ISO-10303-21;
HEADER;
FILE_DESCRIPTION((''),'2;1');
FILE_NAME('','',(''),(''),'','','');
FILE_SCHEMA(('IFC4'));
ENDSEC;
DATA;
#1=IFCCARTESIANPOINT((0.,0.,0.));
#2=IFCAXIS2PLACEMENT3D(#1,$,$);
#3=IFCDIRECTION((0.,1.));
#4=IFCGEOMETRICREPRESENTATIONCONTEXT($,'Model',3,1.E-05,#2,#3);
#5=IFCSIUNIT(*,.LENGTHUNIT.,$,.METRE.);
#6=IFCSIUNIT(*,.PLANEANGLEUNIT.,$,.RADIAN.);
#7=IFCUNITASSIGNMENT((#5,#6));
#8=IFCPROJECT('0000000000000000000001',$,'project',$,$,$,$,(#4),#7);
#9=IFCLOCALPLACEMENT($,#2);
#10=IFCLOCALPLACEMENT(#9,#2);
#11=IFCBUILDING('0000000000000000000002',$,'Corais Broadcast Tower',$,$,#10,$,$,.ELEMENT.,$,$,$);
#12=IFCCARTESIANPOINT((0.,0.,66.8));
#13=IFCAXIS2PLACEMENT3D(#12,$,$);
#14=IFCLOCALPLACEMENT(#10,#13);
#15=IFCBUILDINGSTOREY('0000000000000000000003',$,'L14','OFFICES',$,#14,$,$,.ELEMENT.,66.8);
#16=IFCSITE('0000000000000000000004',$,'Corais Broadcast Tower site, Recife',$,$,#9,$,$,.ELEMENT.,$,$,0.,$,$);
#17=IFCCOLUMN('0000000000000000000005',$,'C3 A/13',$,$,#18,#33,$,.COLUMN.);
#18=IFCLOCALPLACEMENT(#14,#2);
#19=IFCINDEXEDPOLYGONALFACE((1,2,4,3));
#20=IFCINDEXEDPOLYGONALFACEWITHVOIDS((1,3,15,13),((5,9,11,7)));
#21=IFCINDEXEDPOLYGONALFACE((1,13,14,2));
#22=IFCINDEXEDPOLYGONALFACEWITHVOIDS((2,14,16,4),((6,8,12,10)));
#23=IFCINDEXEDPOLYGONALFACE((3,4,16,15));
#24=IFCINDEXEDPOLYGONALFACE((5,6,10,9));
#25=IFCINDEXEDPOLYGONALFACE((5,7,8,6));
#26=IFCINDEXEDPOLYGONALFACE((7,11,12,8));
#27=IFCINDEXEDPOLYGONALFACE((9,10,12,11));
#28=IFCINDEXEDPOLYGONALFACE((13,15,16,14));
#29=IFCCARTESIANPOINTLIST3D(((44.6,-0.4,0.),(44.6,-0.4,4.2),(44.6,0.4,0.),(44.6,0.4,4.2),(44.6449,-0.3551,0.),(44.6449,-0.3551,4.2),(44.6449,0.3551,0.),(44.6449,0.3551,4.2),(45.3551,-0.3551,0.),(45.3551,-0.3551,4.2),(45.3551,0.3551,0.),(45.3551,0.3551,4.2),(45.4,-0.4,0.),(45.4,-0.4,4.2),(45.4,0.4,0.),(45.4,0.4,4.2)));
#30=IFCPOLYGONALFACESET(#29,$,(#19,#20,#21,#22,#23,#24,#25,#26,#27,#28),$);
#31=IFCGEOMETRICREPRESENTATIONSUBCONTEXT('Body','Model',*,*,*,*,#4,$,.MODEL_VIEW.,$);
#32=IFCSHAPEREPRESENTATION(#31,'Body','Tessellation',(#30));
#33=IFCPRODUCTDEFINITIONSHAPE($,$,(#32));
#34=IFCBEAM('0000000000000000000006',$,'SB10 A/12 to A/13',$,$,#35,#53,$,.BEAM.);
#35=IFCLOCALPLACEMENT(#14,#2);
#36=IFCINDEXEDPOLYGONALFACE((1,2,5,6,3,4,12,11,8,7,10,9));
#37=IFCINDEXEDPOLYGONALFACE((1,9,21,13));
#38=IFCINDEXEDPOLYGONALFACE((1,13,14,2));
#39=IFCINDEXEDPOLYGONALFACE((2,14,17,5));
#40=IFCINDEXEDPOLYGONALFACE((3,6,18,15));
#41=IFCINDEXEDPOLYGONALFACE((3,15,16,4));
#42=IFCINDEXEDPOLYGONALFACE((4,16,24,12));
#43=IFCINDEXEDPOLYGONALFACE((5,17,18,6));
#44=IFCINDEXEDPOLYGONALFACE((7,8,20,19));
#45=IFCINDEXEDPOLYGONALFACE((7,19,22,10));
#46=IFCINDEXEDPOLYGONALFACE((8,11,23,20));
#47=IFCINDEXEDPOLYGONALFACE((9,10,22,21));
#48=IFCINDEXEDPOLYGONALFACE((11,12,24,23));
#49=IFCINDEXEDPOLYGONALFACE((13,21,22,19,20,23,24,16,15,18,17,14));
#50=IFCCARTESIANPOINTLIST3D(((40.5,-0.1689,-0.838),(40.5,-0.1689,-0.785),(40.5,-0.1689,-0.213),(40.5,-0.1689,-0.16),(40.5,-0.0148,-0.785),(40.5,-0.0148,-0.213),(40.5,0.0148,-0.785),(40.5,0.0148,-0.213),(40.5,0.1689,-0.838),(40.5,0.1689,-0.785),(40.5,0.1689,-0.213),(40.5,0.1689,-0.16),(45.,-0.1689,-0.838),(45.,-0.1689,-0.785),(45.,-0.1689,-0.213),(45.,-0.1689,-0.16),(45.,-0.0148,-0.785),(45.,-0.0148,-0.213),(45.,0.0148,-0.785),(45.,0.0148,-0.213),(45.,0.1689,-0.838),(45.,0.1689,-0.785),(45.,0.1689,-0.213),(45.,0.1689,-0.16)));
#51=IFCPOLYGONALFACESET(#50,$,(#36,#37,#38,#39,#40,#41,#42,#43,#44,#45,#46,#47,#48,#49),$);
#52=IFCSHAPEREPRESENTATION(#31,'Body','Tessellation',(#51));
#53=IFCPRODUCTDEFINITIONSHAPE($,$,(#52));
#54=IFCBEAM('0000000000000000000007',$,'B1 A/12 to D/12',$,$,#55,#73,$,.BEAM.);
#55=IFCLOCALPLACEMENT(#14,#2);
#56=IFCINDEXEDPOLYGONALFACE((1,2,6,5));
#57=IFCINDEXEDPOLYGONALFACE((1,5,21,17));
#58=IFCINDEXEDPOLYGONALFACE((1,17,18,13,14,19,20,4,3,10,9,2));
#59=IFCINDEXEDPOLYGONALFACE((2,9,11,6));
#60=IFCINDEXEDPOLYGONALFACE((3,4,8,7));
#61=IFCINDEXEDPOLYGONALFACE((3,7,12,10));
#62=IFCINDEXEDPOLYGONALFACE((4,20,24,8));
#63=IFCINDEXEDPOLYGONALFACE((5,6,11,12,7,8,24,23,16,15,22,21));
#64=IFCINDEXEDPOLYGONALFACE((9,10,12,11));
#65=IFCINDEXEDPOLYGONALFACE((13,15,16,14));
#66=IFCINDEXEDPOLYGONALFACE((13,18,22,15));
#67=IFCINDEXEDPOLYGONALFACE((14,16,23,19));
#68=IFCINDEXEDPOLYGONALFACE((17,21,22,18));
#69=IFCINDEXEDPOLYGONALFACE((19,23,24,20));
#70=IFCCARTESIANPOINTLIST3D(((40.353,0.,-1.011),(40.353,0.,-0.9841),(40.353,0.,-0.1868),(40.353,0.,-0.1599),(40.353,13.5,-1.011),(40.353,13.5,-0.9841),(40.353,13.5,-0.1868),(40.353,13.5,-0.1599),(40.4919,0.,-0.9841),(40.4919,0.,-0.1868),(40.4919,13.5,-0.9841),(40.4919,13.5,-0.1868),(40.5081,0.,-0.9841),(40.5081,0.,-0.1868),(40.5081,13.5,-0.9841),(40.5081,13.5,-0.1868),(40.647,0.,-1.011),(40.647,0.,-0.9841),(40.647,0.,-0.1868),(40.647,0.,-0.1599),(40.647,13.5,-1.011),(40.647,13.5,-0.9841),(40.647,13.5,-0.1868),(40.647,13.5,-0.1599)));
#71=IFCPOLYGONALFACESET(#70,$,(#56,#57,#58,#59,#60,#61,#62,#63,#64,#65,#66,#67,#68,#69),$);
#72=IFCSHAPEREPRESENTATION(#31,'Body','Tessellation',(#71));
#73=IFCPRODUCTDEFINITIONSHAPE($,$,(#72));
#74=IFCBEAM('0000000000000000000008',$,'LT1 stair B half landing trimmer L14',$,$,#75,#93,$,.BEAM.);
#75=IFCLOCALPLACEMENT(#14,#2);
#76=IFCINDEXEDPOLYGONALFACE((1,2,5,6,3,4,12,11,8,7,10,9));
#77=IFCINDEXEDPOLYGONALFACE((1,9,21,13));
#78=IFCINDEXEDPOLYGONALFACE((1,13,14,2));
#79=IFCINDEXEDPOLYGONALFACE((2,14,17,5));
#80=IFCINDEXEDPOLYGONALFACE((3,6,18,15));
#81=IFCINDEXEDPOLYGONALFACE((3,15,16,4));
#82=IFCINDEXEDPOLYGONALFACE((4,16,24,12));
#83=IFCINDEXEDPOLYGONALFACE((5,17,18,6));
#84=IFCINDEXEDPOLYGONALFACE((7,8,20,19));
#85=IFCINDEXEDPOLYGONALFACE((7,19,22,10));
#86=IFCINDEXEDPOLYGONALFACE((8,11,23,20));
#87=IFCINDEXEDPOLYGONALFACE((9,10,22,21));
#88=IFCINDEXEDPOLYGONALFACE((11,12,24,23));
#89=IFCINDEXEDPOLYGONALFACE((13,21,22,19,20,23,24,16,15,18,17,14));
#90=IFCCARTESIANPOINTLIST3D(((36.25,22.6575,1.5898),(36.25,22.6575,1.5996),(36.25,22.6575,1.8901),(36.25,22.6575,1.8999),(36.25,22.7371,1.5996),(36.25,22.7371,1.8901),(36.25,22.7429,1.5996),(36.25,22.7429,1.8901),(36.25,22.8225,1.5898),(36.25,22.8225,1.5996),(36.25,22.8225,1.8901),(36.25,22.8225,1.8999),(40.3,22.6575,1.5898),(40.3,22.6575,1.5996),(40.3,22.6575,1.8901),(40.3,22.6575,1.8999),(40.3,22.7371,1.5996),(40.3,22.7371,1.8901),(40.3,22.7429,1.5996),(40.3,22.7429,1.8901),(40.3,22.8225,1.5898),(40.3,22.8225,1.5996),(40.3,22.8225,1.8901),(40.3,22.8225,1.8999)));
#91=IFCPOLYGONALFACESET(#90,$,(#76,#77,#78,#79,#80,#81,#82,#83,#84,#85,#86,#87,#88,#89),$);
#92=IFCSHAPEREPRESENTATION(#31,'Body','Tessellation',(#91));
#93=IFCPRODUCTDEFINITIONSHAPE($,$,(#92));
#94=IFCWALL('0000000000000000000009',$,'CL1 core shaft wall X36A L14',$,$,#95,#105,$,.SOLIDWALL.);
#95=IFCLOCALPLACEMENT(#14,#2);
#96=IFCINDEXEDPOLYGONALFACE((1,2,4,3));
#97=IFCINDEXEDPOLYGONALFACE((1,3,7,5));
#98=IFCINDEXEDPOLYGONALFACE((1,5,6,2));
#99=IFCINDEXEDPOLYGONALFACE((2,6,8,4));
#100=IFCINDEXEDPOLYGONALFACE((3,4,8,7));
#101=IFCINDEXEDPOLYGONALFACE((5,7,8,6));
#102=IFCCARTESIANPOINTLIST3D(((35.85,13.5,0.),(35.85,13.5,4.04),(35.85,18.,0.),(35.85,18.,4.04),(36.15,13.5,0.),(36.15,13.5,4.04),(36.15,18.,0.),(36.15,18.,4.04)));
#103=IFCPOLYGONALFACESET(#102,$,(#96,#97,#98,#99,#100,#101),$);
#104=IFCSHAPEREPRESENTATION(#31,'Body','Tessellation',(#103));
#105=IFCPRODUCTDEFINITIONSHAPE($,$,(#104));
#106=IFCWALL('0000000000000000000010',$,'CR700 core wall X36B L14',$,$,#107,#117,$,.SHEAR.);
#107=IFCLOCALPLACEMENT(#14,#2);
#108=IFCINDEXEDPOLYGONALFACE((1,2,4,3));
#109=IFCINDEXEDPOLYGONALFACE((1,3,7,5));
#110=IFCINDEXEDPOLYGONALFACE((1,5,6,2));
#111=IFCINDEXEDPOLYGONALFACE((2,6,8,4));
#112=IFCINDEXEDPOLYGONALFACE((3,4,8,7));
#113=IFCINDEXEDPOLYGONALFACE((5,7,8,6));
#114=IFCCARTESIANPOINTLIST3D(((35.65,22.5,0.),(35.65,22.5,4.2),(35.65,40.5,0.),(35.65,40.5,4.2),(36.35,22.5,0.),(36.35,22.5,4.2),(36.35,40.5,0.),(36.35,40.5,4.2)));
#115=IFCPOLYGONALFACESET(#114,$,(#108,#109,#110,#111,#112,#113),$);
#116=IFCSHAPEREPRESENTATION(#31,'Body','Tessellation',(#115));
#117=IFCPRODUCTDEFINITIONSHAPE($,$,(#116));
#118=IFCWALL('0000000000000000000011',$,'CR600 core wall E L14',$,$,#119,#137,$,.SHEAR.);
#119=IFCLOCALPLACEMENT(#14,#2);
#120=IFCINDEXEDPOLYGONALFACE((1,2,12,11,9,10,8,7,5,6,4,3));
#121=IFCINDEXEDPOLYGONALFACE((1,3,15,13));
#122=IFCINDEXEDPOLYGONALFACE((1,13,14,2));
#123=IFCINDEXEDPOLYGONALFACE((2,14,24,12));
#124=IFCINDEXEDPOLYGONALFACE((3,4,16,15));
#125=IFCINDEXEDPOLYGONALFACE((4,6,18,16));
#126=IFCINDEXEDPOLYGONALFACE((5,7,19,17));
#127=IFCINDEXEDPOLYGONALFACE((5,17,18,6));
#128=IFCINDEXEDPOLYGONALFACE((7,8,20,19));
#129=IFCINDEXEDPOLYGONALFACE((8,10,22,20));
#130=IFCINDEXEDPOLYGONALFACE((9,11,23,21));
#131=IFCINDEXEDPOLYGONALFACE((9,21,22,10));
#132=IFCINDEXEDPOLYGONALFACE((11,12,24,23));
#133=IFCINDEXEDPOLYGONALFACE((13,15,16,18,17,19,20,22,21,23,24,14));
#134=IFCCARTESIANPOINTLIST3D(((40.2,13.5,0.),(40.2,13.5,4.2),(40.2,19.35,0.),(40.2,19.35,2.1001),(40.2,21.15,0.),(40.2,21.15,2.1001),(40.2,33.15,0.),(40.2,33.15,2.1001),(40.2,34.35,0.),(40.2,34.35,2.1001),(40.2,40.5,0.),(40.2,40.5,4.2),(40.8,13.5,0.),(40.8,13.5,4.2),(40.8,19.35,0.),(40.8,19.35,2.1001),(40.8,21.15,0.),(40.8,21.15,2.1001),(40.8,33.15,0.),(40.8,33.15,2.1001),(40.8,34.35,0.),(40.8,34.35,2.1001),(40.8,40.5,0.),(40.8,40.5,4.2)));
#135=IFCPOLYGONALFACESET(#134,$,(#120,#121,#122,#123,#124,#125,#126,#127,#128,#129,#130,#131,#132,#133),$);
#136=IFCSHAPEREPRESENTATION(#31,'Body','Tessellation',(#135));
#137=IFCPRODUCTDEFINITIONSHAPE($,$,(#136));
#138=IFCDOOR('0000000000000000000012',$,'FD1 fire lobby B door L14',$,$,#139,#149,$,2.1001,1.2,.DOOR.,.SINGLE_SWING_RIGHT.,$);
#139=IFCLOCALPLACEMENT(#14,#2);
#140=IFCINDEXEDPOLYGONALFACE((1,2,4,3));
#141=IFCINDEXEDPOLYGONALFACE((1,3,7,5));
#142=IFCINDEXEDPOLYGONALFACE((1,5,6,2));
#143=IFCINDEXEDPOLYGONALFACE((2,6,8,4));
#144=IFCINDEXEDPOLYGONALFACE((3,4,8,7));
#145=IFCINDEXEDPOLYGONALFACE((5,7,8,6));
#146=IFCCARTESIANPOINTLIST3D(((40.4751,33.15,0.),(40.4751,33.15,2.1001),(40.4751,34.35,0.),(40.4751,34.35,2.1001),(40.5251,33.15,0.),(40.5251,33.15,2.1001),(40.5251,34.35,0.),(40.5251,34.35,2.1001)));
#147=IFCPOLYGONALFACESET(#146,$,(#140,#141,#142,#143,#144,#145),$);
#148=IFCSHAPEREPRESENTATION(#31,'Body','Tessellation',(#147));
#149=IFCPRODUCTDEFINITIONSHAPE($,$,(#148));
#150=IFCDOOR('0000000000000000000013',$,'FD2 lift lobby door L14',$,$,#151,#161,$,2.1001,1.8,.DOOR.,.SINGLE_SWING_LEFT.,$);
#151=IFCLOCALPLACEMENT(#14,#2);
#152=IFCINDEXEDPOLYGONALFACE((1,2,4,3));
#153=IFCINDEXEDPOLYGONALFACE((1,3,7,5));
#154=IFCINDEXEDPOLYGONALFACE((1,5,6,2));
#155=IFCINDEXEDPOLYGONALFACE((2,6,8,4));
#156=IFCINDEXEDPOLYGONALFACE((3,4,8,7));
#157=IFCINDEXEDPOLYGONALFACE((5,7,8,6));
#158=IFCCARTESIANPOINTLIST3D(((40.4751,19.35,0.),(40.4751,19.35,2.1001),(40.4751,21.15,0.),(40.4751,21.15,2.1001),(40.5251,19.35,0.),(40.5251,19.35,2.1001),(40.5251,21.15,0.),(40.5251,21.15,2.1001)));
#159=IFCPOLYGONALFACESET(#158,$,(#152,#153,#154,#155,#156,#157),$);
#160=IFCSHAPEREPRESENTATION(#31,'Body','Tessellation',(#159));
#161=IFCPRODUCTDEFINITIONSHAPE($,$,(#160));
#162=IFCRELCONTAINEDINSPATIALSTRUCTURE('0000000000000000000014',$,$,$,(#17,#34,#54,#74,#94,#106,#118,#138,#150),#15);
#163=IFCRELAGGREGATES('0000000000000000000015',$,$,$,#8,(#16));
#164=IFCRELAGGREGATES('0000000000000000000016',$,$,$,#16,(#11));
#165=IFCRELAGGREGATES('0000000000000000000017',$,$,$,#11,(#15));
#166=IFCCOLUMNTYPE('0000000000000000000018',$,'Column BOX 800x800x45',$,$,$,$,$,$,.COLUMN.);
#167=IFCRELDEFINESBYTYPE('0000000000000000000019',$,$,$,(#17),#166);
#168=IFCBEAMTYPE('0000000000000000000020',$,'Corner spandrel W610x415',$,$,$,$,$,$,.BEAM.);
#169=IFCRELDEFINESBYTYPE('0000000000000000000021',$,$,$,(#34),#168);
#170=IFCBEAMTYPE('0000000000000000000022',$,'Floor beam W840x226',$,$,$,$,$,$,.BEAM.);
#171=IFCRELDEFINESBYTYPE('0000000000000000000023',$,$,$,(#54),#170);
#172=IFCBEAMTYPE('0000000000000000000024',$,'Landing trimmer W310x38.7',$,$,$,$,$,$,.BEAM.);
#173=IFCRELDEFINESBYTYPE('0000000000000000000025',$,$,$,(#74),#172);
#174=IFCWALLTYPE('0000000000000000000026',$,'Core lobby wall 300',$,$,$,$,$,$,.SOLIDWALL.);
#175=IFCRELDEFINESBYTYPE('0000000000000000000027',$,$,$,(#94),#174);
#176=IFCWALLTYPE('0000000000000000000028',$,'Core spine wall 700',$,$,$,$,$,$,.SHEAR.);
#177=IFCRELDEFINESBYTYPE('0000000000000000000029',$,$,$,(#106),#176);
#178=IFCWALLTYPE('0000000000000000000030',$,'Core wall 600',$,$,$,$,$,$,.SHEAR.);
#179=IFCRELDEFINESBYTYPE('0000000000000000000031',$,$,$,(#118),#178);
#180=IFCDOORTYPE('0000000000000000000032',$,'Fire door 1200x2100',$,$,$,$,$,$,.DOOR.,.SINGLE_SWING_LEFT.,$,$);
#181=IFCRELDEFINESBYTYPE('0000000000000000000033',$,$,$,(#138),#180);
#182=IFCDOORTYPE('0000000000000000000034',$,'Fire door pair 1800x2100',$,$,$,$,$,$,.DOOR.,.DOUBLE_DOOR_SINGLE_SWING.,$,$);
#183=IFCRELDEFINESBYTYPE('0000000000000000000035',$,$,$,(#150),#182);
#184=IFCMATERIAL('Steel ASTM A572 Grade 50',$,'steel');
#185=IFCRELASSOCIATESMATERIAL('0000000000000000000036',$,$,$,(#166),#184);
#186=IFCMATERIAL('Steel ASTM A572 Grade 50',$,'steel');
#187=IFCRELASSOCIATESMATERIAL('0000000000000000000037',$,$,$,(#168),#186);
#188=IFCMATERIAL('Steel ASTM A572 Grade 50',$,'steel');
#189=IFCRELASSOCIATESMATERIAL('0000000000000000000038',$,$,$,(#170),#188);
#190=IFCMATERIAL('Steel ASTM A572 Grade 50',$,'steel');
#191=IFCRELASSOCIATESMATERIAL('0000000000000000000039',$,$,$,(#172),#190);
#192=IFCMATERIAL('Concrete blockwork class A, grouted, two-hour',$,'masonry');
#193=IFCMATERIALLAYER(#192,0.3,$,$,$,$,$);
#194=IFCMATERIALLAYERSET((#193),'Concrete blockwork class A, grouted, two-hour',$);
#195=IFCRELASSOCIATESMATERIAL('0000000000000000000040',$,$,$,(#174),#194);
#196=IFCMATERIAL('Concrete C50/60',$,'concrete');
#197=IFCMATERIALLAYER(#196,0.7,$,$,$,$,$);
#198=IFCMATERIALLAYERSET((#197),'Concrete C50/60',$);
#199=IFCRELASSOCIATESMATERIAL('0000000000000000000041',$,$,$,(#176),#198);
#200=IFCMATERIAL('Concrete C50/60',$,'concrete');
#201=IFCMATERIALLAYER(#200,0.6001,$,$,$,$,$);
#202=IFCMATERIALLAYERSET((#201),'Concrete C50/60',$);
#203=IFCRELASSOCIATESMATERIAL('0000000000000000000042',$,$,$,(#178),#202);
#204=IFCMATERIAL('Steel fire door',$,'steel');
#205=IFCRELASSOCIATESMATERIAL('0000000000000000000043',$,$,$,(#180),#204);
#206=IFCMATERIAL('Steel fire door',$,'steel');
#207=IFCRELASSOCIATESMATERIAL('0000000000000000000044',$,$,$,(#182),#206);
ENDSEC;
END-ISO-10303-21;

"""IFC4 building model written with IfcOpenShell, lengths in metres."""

from ifc_helpers import new_model, si_unit, direction, frame, frame_2d, origin, origin_2d, place, context, subcontext, project, spatial, rectangle, hollow_rectangle, i_section, extrude, material, layer, layer_set, material_profile, profile_set, type_object, element, fill, save


model = new_model("IFC4")

# Units and contexts
model_context = context("Model", 3, precision=1e-05, world=origin(), true_north=direction((0.0, 1.0)))
body_context = subcontext(model_context, "Body", "Model", "MODEL_VIEW")
ifc_project = project(units=[si_unit("LENGTHUNIT", "METRE"), si_unit("PLANEANGLEUNIT", "RADIAN")], contexts=[model_context])

# Site, building, storey
site_placement = place(None, origin())
site = spatial("IfcSite", under=ifc_project, at=site_placement, Name="Corais Broadcast Tower site, Recife", CompositionType="ELEMENT", RefElevation=0.0)
building_placement = place(site_placement, origin())
building = spatial("IfcBuilding", under=site, at=building_placement, Name="Corais Broadcast Tower", CompositionType="ELEMENT")
storey_placement = place(building_placement, frame((0.0, 0.0, 66.8)))
storey = spatial("IfcBuildingStorey", under=building, at=storey_placement, Name="L14", Description="OFFICES", CompositionType="ELEMENT", Elevation=66.8)

# Column
ifc_material_1 = material(Name="Steel ASTM A572 Grade 50", Category="steel")
ifc_material_profile_1 = material_profile(ifc_material_1, hollow_rectangle(XDim=0.8, YDim=0.8, WallThickness=0.0449, at=origin_2d()), Name="BOX 800x800x45")
ifc_profile_set_1 = profile_set([ifc_material_profile_1], Name="Steel ASTM A572 Grade 50")
column_type = type_object("IfcColumnType", Name="Column BOX 800x800x45", PredefinedType="COLUMN", material=ifc_profile_set_1)
column_placement = place(storey_placement, frame((45.0, 0.0, 0.0), z_axis=(0.0, 0.0, 1.0), x_axis=(1.0, 0.0, 0.0)))
element("IfcColumn", 1, at=column_placement, inside=storey, type_object=column_type, Name="C3 A/13", PredefinedType="COLUMN", context=body_context, shape_type="SweptSolid", body=[
    extrude(hollow_rectangle(XDim=0.8, YDim=0.8, WallThickness=0.0449, at=origin_2d()), origin(), (0.0, 0.0, 1.0), 4.2),
])

# Beams
ifc_material_2 = material(Name="Steel ASTM A572 Grade 50", Category="steel")
ifc_material_profile_2 = material_profile(ifc_material_2, i_section(OverallWidth=0.3379, OverallDepth=0.678, WebThickness=0.0295, FlangeThickness=0.053, at=origin_2d()), Name="W610x415")
ifc_profile_set_2 = profile_set([ifc_material_profile_2], Name="Steel ASTM A572 Grade 50")
beam_type_1 = type_object("IfcBeamType", Name="Corner spandrel W610x415", PredefinedType="BEAM", material=ifc_profile_set_2)
beam_1_placement = place(storey_placement, frame((40.5, 0.0, -0.499), z_axis=(1.0, 0.0, 0.0), x_axis=(0.0, 1.0, 0.0)))
element("IfcBeam", 2, at=beam_1_placement, inside=storey, type_object=beam_type_1, Name="SB10 A/12 to A/13", PredefinedType="BEAM", context=body_context, shape_type="SweptSolid", body=[
    extrude(i_section(OverallWidth=0.3379, OverallDepth=0.678, WebThickness=0.0295, FlangeThickness=0.053, at=origin_2d()), origin(), (0.0, 0.0, 1.0), 4.5),
])
ifc_material_3 = material(Name="Steel ASTM A572 Grade 50", Category="steel")
ifc_material_profile_3 = material_profile(ifc_material_3, i_section(OverallWidth=0.2939, OverallDepth=0.8511, WebThickness=0.0161, FlangeThickness=0.0269, at=origin_2d()), Name="W840x226")
ifc_profile_set_3 = profile_set([ifc_material_profile_3], Name="Steel ASTM A572 Grade 50")
beam_type_2 = type_object("IfcBeamType", Name="Floor beam W840x226", PredefinedType="BEAM", material=ifc_profile_set_3)
beam_2_placement = place(storey_placement, frame((40.5, 0.0, -0.5854), z_axis=(0.0, 1.0, 0.0), x_axis=(-1.0, 0.0, 0.0)))
element("IfcBeam", 3, at=beam_2_placement, inside=storey, type_object=beam_type_2, Name="B1 A/12 to D/12", PredefinedType="BEAM", context=body_context, shape_type="SweptSolid", body=[
    extrude(i_section(OverallWidth=0.2939, OverallDepth=0.8511, WebThickness=0.0161, FlangeThickness=0.0269, at=origin_2d()), origin(), (0.0, 0.0, 1.0), 13.5),
])
ifc_material_4 = material(Name="Steel ASTM A572 Grade 50", Category="steel")
ifc_material_profile_4 = material_profile(ifc_material_4, i_section(OverallWidth=0.165, OverallDepth=0.3101, WebThickness=0.0059, FlangeThickness=0.0098, at=origin_2d()), Name="W310x38.7")
ifc_profile_set_4 = profile_set([ifc_material_profile_4], Name="Steel ASTM A572 Grade 50")
beam_type_3 = type_object("IfcBeamType", Name="Landing trimmer W310x38.7", PredefinedType="BEAM", material=ifc_profile_set_4)
beam_3_placement = place(storey_placement, frame((36.25, 22.74, 1.7449), z_axis=(1.0, 0.0, 0.0), x_axis=(0.0, 1.0, 0.0)))
element("IfcBeam", 4, at=beam_3_placement, inside=storey, type_object=beam_type_3, Name="LT1 stair B half landing trimmer L14", PredefinedType="BEAM", context=body_context, shape_type="SweptSolid", body=[
    extrude(i_section(OverallWidth=0.165, OverallDepth=0.3101, WebThickness=0.0059, FlangeThickness=0.0098, at=origin_2d()), origin(), (0.0, 0.0, 1.0), 4.05),
])

# Walls
ifc_material_5 = material(Name="Concrete blockwork class A, grouted, two-hour", Category="masonry")
ifc_layer_1 = layer(ifc_material_5, 0.3)
ifc_layer_set_1 = layer_set([ifc_layer_1], Name="Concrete blockwork class A, grouted, two-hour")
wall_type_1 = type_object("IfcWallType", Name="Core lobby wall 300", PredefinedType="SOLIDWALL", material=ifc_layer_set_1)
wall_1_placement = place(storey_placement, frame((36.0, 13.5, 0.0), z_axis=(0.0, 0.0, 1.0), x_axis=(0.0, 1.0, 0.0)))
element("IfcWall", 5, at=wall_1_placement, inside=storey, type_object=wall_type_1, Name="CL1 core shaft wall X36A L14", PredefinedType="SOLIDWALL", context=body_context, shape_type="SweptSolid", body=[
    extrude(rectangle(XDim=4.5, YDim=0.3, at=frame_2d((2.25, 0.0))), origin(), (0.0, 0.0, 1.0), 4.04),
])
ifc_material_6 = material(Name="Concrete C50/60", Category="concrete")
ifc_layer_2 = layer(ifc_material_6, 0.7)
ifc_layer_set_2 = layer_set([ifc_layer_2], Name="Concrete C50/60")
wall_type_2 = type_object("IfcWallType", Name="Core spine wall 700", PredefinedType="SHEAR", material=ifc_layer_set_2)
wall_2_placement = place(storey_placement, frame((36.0, 22.5, 0.0), z_axis=(0.0, 0.0, 1.0), x_axis=(0.0, 1.0, 0.0)))
element("IfcWall", 6, at=wall_2_placement, inside=storey, type_object=wall_type_2, Name="CR700 core wall X36B L14", PredefinedType="SHEAR", context=body_context, shape_type="SweptSolid", body=[
    extrude(rectangle(XDim=18.0, YDim=0.7, at=frame_2d((9.0, 0.0))), origin(), (0.0, 0.0, 1.0), 4.2),
])

# Wall, openings, doors
ifc_material_7 = material(Name="Concrete C50/60", Category="concrete")
ifc_layer_3 = layer(ifc_material_7, 0.6001)
ifc_layer_set_3 = layer_set([ifc_layer_3], Name="Concrete C50/60")
wall_type_3 = type_object("IfcWallType", Name="Core wall 600", PredefinedType="SHEAR", material=ifc_layer_set_3)
wall_3_placement = place(storey_placement, frame((40.5, 13.5, 0.0), z_axis=(0.0, 0.0, 1.0), x_axis=(0.0, 1.0, 0.0)))
wall_3 = element("IfcWall", 7, at=wall_3_placement, inside=storey, type_object=wall_type_3, Name="CR600 core wall E L14", PredefinedType="SHEAR", context=body_context, shape_type="SweptSolid", body=[
    extrude(rectangle(XDim=27.0, YDim=0.6001, at=frame_2d((13.5, 0.0))), origin(), (0.0, 0.0, 1.0), 4.2),
])
opening_1_placement = place(wall_3_placement, frame((5.8501, 0.0, 0.0)))
opening_1 = element("IfcOpeningElement", 8, at=opening_1_placement, cuts=wall_3, PredefinedType="OPENING", context=body_context, shape_type="SweptSolid", body=[
    extrude(rectangle(XDim=1.8, YDim=2.1001, at=frame_2d((0.8999, 1.05))), frame((0.0, 0.3101, 0.0), z_axis=(0.0, -1.0, 0.0), x_axis=(1.0, 0.0, 0.0)), (0.0, 0.0, 1.0), 0.6201),
])
opening_2_placement = place(wall_3_placement, frame((19.6499, 0.0, 0.0)))
opening_2 = element("IfcOpeningElement", 9, at=opening_2_placement, cuts=wall_3, PredefinedType="OPENING", context=body_context, shape_type="SweptSolid", body=[
    extrude(rectangle(XDim=1.2, YDim=2.1001, at=frame_2d((0.6001, 1.05))), frame((0.0, 0.3101, 0.0), z_axis=(0.0, -1.0, 0.0), x_axis=(1.0, 0.0, 0.0)), (0.0, 0.0, 1.0), 0.6201),
])
ifc_material_8 = material(Name="Steel fire door", Category="steel")
door_type_1 = type_object("IfcDoorType", Name="Fire door 1200x2100", OperationType="SINGLE_SWING_LEFT", PredefinedType="DOOR", material=ifc_material_8)
door_1_placement = place(opening_2_placement, origin())
door_1 = element("IfcDoor", 10, at=door_1_placement, inside=storey, type_object=door_type_1, Name="FD1 fire lobby B door L14", OperationType="SINGLE_SWING_RIGHT", OverallHeight=2.1001, OverallWidth=1.2, PredefinedType="DOOR", context=body_context, shape_type="SweptSolid", body=[
    extrude(rectangle(XDim=1.2, YDim=2.1001, at=frame_2d((0.6001, 1.05))), frame((0.0, 0.0249, 0.0), z_axis=(0.0, -1.0, 0.0), x_axis=(1.0, 0.0, 0.0)), (0.0, 0.0, 1.0), 0.05),
])
fill(opening_2, door_1)
ifc_material_9 = material(Name="Steel fire door", Category="steel")
door_type_2 = type_object("IfcDoorType", Name="Fire door pair 1800x2100", OperationType="DOUBLE_DOOR_SINGLE_SWING", PredefinedType="DOOR", material=ifc_material_9)
door_2_placement = place(opening_1_placement, origin())
door_2 = element("IfcDoor", 11, at=door_2_placement, inside=storey, type_object=door_type_2, Name="FD2 lift lobby door L14", OperationType="SINGLE_SWING_LEFT", OverallHeight=2.1001, OverallWidth=1.8, PredefinedType="DOOR", context=body_context, shape_type="SweptSolid", body=[
    extrude(rectangle(XDim=1.8, YDim=2.1001, at=frame_2d((0.8999, 1.05))), frame((0.0, 0.0249, 0.0), z_axis=(0.0, -1.0, 0.0), x_axis=(1.0, 0.0, 0.0)), (0.0, 0.0, 1.0), 0.05),
])
fill(opening_1, door_2)

save(model, "model.ifc")
